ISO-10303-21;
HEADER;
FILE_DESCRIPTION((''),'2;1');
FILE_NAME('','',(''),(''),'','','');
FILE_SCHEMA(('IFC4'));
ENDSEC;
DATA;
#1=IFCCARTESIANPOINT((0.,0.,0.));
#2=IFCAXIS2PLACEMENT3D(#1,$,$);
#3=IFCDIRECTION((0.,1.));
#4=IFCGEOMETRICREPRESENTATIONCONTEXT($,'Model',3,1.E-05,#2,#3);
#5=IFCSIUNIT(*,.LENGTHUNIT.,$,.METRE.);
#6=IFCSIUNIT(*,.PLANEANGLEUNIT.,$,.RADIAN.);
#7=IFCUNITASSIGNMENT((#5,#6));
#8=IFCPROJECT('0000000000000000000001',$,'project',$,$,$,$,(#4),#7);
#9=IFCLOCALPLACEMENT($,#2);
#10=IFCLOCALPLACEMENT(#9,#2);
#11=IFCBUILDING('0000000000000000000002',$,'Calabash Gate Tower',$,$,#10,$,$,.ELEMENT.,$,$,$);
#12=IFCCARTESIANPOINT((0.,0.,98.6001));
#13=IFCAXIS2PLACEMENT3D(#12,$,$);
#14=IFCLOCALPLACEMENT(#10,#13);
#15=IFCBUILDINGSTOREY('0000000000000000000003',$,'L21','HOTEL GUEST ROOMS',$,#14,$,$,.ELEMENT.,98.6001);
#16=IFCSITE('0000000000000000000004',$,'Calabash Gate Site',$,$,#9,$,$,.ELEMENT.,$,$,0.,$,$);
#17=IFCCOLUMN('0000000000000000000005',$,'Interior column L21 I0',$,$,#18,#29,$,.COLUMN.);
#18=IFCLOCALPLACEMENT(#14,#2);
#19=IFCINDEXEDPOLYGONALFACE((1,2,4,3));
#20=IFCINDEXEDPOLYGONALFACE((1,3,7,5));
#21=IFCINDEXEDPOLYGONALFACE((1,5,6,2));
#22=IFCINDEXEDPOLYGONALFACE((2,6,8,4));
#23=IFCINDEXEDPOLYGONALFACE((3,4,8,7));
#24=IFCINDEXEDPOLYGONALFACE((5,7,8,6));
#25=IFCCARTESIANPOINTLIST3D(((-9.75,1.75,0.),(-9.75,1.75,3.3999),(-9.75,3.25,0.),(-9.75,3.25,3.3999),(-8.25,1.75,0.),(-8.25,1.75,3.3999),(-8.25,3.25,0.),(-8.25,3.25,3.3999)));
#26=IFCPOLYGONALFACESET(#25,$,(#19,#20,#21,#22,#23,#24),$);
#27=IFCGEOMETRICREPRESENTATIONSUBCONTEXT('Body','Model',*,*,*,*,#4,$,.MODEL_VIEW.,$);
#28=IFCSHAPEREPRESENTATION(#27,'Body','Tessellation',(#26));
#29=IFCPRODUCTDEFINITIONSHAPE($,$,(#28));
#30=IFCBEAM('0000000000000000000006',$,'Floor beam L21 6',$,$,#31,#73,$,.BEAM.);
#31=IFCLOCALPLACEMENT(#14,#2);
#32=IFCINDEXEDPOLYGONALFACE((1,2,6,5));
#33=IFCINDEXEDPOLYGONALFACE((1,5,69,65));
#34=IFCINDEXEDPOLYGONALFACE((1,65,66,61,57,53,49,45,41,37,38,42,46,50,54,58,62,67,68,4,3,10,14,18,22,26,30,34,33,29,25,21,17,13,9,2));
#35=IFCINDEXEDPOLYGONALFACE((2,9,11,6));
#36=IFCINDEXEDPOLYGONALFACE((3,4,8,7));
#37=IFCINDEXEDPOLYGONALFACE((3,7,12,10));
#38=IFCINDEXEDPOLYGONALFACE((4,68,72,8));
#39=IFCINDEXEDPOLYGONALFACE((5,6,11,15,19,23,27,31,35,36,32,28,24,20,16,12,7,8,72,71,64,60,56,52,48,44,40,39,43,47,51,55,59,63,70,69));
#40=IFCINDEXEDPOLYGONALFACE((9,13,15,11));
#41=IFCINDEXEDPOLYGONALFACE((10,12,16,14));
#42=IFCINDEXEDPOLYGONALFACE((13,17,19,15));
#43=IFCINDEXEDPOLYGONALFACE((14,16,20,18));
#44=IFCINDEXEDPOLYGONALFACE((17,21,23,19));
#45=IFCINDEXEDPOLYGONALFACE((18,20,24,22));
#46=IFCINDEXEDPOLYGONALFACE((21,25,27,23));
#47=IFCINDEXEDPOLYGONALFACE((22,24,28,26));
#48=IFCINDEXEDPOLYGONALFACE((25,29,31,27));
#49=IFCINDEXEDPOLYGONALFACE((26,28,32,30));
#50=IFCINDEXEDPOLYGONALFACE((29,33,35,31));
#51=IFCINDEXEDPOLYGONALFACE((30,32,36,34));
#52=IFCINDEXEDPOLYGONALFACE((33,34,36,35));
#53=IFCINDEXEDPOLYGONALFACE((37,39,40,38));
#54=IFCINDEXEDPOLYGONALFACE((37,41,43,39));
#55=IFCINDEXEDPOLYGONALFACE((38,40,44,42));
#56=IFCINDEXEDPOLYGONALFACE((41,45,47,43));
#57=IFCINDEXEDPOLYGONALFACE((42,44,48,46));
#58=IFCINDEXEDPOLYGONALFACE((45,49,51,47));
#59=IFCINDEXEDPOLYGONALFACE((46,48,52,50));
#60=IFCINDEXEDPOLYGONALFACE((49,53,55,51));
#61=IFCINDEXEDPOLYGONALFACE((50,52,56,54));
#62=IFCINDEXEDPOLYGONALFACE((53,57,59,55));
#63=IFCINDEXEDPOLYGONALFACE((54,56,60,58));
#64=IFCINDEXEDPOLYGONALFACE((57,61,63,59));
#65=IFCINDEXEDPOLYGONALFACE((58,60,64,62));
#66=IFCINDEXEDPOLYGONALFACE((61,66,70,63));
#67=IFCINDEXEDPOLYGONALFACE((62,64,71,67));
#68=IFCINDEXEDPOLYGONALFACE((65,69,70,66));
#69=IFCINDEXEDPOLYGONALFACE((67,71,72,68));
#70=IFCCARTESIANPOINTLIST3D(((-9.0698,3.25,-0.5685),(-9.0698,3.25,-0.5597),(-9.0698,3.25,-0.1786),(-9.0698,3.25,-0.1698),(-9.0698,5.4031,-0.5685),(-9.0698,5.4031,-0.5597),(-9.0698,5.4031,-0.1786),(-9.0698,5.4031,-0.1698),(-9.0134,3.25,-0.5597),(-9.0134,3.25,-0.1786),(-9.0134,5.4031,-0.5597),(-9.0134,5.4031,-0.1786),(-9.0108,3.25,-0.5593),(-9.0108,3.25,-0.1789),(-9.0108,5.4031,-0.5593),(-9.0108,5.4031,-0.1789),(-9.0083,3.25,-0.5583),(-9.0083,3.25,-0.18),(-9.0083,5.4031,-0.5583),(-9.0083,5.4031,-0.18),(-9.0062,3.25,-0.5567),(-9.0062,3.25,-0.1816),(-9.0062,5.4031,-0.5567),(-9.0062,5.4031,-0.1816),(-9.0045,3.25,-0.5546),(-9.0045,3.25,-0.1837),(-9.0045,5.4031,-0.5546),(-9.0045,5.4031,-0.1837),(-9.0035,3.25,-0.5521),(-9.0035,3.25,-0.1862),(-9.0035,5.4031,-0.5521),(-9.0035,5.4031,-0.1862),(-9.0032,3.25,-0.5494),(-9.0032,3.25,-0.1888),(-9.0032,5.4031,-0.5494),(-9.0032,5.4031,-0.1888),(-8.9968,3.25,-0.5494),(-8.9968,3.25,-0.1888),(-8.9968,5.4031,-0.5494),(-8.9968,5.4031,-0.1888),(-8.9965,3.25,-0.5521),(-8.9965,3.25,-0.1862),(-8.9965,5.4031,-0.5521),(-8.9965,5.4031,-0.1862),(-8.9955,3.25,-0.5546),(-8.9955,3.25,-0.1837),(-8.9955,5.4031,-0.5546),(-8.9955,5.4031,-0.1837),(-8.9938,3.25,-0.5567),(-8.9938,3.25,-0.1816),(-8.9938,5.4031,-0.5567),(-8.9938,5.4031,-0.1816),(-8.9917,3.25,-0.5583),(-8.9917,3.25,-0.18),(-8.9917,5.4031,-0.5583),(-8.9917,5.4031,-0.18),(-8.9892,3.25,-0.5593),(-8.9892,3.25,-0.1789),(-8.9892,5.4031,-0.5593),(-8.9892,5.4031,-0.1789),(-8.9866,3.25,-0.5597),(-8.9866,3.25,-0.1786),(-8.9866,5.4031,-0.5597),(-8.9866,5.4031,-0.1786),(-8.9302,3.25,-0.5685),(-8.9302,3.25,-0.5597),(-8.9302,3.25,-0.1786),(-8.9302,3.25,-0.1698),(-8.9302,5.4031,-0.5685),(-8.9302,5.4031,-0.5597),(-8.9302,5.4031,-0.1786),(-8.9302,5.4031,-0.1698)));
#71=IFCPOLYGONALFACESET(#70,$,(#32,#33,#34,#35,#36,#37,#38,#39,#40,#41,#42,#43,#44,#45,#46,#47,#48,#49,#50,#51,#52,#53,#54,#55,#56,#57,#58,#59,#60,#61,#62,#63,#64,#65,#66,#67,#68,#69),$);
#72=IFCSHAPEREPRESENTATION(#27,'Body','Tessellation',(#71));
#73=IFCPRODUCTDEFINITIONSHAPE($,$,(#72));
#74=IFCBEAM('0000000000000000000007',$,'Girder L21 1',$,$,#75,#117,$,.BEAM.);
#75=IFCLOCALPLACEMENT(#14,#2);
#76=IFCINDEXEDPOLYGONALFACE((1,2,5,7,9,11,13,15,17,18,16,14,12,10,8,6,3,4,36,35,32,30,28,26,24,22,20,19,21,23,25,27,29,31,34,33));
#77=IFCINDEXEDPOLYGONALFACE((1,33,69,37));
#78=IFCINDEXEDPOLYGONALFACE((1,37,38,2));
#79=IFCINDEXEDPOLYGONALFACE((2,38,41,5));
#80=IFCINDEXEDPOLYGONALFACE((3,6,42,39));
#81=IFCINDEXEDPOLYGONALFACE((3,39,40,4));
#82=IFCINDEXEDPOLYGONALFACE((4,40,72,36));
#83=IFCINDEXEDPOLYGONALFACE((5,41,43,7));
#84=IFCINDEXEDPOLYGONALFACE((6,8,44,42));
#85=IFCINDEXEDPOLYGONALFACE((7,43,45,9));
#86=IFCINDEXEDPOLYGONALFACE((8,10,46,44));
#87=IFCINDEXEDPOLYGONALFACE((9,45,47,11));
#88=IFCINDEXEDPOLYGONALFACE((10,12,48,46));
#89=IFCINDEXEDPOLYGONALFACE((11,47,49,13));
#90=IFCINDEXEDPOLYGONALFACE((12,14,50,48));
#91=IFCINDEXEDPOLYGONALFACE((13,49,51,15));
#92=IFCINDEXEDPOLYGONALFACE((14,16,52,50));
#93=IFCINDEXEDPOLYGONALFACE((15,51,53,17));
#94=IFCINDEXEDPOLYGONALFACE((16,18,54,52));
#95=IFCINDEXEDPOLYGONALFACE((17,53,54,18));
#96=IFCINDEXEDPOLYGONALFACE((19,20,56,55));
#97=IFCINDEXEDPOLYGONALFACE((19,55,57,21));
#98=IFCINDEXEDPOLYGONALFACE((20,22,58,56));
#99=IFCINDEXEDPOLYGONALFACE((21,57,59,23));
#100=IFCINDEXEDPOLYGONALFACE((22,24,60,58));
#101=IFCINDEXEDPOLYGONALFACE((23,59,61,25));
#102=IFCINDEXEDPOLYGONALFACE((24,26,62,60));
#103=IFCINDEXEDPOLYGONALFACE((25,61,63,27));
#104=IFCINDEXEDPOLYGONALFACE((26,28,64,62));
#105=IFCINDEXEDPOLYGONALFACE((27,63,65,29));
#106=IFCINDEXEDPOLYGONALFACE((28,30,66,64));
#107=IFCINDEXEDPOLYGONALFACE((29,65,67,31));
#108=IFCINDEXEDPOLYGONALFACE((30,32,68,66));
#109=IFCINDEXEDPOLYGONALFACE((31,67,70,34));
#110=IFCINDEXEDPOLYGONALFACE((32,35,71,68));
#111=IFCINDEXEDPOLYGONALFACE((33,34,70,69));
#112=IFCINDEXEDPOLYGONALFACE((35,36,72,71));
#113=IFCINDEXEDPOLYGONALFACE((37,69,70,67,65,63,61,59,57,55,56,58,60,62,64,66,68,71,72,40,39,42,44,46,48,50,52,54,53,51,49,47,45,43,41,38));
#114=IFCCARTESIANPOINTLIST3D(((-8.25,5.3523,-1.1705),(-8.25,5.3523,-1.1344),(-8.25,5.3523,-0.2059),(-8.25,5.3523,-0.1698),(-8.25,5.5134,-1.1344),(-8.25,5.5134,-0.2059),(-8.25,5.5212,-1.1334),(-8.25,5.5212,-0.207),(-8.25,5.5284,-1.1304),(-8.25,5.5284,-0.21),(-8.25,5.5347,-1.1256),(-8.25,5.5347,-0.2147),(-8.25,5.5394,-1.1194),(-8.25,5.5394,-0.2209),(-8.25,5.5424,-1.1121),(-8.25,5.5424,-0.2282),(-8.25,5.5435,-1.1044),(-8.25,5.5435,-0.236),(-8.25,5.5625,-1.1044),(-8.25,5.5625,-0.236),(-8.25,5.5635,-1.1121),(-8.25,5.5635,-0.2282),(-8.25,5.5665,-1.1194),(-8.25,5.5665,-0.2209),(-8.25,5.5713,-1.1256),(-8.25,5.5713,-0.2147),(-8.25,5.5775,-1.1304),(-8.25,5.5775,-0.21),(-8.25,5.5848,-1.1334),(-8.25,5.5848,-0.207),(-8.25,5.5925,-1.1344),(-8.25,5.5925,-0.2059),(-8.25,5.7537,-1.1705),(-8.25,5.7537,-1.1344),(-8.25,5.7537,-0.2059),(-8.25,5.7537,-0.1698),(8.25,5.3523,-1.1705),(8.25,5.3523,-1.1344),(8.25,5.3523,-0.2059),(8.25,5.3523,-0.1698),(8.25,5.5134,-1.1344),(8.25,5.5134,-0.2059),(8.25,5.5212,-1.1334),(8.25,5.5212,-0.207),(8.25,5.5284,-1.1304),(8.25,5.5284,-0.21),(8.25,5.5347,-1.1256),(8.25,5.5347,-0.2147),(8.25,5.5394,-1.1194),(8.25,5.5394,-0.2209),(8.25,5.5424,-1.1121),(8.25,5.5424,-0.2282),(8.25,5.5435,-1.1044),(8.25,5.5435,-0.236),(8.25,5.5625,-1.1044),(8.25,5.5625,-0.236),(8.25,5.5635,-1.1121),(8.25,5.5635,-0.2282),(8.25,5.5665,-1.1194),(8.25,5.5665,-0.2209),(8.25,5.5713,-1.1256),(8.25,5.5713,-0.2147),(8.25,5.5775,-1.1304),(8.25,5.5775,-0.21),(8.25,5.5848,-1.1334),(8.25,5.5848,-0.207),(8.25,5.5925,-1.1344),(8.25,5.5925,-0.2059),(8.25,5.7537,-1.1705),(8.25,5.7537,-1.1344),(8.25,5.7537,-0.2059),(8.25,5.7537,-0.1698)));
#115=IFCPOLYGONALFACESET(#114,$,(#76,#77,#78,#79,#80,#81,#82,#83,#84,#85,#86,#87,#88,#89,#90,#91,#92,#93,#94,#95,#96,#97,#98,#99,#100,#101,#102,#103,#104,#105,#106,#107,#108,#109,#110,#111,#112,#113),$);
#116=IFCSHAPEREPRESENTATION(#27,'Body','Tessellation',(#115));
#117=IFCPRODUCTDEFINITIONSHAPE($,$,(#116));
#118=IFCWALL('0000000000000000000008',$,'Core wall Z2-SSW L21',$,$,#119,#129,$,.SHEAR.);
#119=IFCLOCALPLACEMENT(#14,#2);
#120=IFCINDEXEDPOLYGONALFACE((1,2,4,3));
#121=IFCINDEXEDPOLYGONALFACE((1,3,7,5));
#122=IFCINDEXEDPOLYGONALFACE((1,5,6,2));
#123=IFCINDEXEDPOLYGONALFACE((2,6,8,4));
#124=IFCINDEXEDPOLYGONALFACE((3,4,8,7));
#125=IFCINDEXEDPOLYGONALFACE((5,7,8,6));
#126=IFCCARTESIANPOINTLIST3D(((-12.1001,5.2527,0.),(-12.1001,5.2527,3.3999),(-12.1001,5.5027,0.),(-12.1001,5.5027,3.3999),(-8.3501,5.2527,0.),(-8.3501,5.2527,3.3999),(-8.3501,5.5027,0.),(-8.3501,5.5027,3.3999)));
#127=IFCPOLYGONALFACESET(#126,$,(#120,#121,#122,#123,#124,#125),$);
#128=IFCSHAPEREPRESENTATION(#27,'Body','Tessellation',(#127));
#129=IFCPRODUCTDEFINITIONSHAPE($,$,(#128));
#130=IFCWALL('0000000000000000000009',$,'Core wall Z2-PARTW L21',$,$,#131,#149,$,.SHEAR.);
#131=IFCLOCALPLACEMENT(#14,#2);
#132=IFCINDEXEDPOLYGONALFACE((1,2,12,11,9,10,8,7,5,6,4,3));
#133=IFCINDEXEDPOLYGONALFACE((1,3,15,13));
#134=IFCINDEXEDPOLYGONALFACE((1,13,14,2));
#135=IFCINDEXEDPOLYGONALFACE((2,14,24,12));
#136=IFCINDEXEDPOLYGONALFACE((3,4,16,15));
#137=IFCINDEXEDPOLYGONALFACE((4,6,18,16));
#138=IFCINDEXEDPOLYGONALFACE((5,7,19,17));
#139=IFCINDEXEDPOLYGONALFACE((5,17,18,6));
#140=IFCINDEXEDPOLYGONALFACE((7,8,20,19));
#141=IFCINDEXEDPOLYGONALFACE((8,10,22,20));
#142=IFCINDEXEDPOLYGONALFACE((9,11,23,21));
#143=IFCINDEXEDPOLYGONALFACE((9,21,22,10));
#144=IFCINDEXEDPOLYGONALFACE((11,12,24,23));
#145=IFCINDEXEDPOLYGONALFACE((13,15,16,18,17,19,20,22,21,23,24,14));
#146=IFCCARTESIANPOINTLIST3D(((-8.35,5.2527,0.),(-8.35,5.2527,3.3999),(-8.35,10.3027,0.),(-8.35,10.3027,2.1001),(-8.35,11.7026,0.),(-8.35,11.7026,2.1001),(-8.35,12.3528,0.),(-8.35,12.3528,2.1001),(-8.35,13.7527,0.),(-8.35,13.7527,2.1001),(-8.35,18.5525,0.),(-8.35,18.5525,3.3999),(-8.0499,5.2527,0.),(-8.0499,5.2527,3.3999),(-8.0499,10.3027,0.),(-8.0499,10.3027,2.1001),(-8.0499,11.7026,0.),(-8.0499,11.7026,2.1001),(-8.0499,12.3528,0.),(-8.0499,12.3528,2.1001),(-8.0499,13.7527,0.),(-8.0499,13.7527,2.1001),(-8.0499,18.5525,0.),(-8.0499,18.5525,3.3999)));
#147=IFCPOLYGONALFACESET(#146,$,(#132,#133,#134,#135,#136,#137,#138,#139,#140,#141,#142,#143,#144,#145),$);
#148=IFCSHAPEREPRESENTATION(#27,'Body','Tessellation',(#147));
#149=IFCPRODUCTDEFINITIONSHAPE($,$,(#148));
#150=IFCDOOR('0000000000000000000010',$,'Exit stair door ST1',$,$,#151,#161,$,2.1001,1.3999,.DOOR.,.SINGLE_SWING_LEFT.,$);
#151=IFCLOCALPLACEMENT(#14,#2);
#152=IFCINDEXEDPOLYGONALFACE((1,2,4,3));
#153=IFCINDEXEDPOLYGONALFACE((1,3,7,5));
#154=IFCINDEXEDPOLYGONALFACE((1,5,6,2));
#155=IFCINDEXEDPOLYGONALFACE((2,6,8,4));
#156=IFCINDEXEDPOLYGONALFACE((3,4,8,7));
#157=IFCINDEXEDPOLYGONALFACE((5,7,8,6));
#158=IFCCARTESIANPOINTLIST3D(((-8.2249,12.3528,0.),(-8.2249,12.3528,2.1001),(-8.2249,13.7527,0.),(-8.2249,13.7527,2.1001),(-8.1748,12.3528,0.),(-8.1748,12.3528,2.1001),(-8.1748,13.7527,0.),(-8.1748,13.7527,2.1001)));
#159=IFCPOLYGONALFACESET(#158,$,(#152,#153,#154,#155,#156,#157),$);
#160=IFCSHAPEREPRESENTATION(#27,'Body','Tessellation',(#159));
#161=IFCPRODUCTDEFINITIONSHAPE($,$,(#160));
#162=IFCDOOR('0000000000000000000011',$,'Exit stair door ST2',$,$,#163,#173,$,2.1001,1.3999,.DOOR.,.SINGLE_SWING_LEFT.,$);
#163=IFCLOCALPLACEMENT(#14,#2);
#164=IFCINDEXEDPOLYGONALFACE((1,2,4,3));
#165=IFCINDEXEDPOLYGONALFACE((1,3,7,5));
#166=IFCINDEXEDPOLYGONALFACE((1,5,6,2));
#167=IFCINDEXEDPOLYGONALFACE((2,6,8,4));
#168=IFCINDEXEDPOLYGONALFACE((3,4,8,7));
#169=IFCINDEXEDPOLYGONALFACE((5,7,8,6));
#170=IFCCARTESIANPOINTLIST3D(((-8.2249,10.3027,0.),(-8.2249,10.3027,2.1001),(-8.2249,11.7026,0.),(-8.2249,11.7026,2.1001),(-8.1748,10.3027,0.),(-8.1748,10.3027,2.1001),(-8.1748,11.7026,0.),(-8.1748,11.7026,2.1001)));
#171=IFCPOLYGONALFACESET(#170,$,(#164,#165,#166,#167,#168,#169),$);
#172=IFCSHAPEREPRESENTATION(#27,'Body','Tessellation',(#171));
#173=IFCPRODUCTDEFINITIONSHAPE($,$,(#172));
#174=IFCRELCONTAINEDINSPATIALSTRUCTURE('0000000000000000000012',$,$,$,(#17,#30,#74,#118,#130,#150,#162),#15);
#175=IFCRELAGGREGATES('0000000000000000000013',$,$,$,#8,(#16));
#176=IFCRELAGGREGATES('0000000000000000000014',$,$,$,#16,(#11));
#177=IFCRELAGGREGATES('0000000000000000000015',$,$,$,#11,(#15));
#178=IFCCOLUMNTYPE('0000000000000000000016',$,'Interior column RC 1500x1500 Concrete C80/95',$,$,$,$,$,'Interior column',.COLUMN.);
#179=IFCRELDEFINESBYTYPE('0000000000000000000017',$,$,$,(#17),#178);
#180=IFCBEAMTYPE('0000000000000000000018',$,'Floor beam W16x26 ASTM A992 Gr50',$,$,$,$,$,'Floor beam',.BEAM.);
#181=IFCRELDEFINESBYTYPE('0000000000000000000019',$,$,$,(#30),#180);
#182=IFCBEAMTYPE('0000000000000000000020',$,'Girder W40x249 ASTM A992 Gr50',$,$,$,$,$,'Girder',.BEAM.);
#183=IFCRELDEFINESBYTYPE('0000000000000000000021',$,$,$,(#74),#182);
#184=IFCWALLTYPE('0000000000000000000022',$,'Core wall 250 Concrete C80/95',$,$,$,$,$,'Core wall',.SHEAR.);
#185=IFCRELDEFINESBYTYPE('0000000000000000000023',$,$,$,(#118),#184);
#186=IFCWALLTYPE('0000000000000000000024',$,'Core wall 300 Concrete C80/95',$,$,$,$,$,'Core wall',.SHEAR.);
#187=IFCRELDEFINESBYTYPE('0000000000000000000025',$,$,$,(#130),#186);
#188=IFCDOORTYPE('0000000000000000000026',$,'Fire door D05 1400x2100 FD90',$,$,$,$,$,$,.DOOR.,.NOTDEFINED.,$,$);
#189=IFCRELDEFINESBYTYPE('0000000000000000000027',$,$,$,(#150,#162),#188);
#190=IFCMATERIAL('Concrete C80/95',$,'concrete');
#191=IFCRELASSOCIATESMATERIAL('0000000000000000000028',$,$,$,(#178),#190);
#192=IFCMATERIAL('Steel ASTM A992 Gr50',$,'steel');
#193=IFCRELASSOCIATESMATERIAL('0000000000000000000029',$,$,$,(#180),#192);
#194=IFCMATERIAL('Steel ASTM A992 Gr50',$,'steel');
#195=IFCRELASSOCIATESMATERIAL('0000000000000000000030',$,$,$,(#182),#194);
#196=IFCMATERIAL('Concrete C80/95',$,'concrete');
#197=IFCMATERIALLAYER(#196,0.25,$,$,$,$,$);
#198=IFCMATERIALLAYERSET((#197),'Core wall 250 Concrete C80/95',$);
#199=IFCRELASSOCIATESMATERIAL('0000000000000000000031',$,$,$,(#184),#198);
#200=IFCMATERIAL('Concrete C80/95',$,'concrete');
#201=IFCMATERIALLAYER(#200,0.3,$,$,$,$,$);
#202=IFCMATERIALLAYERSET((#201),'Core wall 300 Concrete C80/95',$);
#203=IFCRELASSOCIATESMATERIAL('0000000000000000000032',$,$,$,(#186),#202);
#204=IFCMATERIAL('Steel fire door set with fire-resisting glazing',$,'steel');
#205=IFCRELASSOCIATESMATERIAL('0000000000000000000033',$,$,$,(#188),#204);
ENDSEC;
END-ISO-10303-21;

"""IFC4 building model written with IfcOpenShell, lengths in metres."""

from ifc_helpers import new_model, si_unit, direction, frame, frame_2d, origin, origin_2d, place, context, subcontext, project, spatial, rectangle, i_section, extrude, material, layer, layer_set, material_profile, profile_set, type_object, element, fill, save


model = new_model("IFC4")

# Units and contexts
model_context = context("Model", 3, precision=1e-05, world=origin(), true_north=direction((0.0, 1.0)))
body_context = subcontext(model_context, "Body", "Model", "MODEL_VIEW")
ifc_project = project(units=[si_unit("LENGTHUNIT", "METRE"), si_unit("PLANEANGLEUNIT", "RADIAN")], contexts=[model_context])

# Site, building, storey
site_placement = place(None, origin())
site = spatial("IfcSite", under=ifc_project, at=site_placement, Name="Calabash Gate Site", CompositionType="ELEMENT", RefElevation=0.0)
building_placement = place(site_placement, origin())
building = spatial("IfcBuilding", under=site, at=building_placement, Name="Calabash Gate Tower", CompositionType="ELEMENT")
storey_placement = place(building_placement, frame((0.0, 0.0, 98.6001)))
storey = spatial("IfcBuildingStorey", under=building, at=storey_placement, Name="L21", Description="HOTEL GUEST ROOMS", CompositionType="ELEMENT", Elevation=98.6001)

# Column
ifc_material_1 = material(Name="Concrete C80/95", Category="concrete")
ifc_material_profile_1 = material_profile(ifc_material_1, rectangle(XDim=1.5, YDim=1.5, at=origin_2d()))
ifc_profile_set_1 = profile_set([ifc_material_profile_1], Name="Concrete C80/95")
column_type = type_object("IfcColumnType", Name="Interior column RC 1500x1500 Concrete C80/95", ElementType="Interior column", PredefinedType="COLUMN", material=ifc_profile_set_1)
column_placement = place(storey_placement, frame((-9.0, 2.5, 0.0), z_axis=(0.0, 0.0, 1.0), x_axis=(1.0, 0.0, 0.0)))
element("IfcColumn", 1, at=column_placement, inside=storey, type_object=column_type, Name="Interior column L21 I0", PredefinedType="COLUMN", context=body_context, shape_type="SweptSolid", body=[
    extrude(rectangle(XDim=1.5, YDim=1.5, at=origin_2d()), origin(), (0.0, 0.0, 1.0), 3.3999),
])

# Beams
ifc_material_2 = material(Name="Steel ASTM A992 Gr50", Category="steel")
ifc_material_profile_2 = material_profile(ifc_material_2, i_section(OverallWidth=0.1396, OverallDepth=0.3987, WebThickness=0.0063, FlangeThickness=0.0088, FilletRadius=0.0103, at=origin_2d()))
ifc_profile_set_2 = profile_set([ifc_material_profile_2], Name="Steel ASTM A992 Gr50")
beam_type_1 = type_object("IfcBeamType", Name="Floor beam W16x26 ASTM A992 Gr50", ElementType="Floor beam", PredefinedType="BEAM", material=ifc_profile_set_2)
beam_1_placement = place(storey_placement, frame((-9.0, 3.25, -0.3691), z_axis=(0.0, 1.0, 0.0), x_axis=(-1.0, 0.0, 0.0)))
element("IfcBeam", 2, at=beam_1_placement, inside=storey, type_object=beam_type_1, Name="Floor beam L21 6", PredefinedType="BEAM", context=body_context, shape_type="SweptSolid", body=[
    extrude(i_section(OverallWidth=0.1396, OverallDepth=0.3987, WebThickness=0.0063, FlangeThickness=0.0088, FilletRadius=0.0103, at=origin_2d()), origin(), (0.0, 0.0, 1.0), 2.1531),
])
ifc_material_3 = material(Name="Steel ASTM A992 Gr50", Category="steel")
ifc_material_profile_3 = material_profile(ifc_material_3, i_section(OverallWidth=0.4014, OverallDepth=1.0007, WebThickness=0.019, FlangeThickness=0.0361, FilletRadius=0.03, at=origin_2d()))
ifc_profile_set_3 = profile_set([ifc_material_profile_3], Name="Steel ASTM A992 Gr50")
beam_type_2 = type_object("IfcBeamType", Name="Girder W40x249 ASTM A992 Gr50", ElementType="Girder", PredefinedType="BEAM", material=ifc_profile_set_3)
beam_2_placement = place(storey_placement, frame((-8.25, 5.553, -0.6702), z_axis=(1.0, 0.0, 0.0), x_axis=(0.0, 1.0, 0.0)))
element("IfcBeam", 3, at=beam_2_placement, inside=storey, type_object=beam_type_2, Name="Girder L21 1", PredefinedType="BEAM", context=body_context, shape_type="SweptSolid", body=[
    extrude(i_section(OverallWidth=0.4014, OverallDepth=1.0007, WebThickness=0.019, FlangeThickness=0.0361, FilletRadius=0.03, at=origin_2d()), origin(), (0.0, 0.0, 1.0), 16.5),
])

# Wall
ifc_material_4 = material(Name="Concrete C80/95", Category="concrete")
ifc_layer_1 = layer(ifc_material_4, 0.25)
ifc_layer_set_1 = layer_set([ifc_layer_1], Name="Core wall 250 Concrete C80/95")
wall_type_1 = type_object("IfcWallType", Name="Core wall 250 Concrete C80/95", ElementType="Core wall", PredefinedType="SHEAR", material=ifc_layer_set_1)
wall_1_placement = place(storey_placement, frame((-12.1001, 5.3777, 0.0), z_axis=(0.0, 0.0, 1.0), x_axis=(1.0, 0.0, 0.0)))
element("IfcWall", 4, at=wall_1_placement, inside=storey, type_object=wall_type_1, Name="Core wall Z2-SSW L21", PredefinedType="SHEAR", context=body_context, shape_type="SweptSolid", body=[
    extrude(rectangle(XDim=3.75, YDim=0.25, at=frame_2d((1.875, 0.0))), origin(), (0.0, 0.0, 1.0), 3.3999),
])

# Wall, openings, doors
ifc_material_5 = material(Name="Concrete C80/95", Category="concrete")
ifc_layer_2 = layer(ifc_material_5, 0.3)
ifc_layer_set_2 = layer_set([ifc_layer_2], Name="Core wall 300 Concrete C80/95")
wall_type_2 = type_object("IfcWallType", Name="Core wall 300 Concrete C80/95", ElementType="Core wall", PredefinedType="SHEAR", material=ifc_layer_set_2)
wall_2_placement = place(storey_placement, frame((-8.2, 5.2527, 0.0), z_axis=(0.0, 0.0, 1.0), x_axis=(0.0, 1.0, 0.0)))
wall_2 = element("IfcWall", 5, at=wall_2_placement, inside=storey, type_object=wall_type_2, Name="Core wall Z2-PARTW L21", PredefinedType="SHEAR", context=body_context, shape_type="SweptSolid", body=[
    extrude(rectangle(XDim=13.2998, YDim=0.3, at=frame_2d((6.6499, 0.0))), origin(), (0.0, 0.0, 1.0), 3.3999),
])
opening_1_placement = place(wall_2_placement, frame((7.1001, 0.0, 0.0)))
opening_1 = element("IfcOpeningElement", 6, at=opening_1_placement, cuts=wall_2, PredefinedType="OPENING", context=body_context, shape_type="SweptSolid", body=[
    extrude(rectangle(XDim=1.3999, YDim=2.1001, at=frame_2d((0.7, 1.05))), frame((0.0, 0.1599, 0.0), z_axis=(0.0, -1.0, 0.0), x_axis=(1.0, 0.0, 0.0)), (0.0, 0.0, 1.0), 0.3201),
])
opening_2_placement = place(wall_2_placement, frame((5.05, 0.0, 0.0)))
opening_2 = element("IfcOpeningElement", 7, at=opening_2_placement, cuts=wall_2, PredefinedType="OPENING", context=body_context, shape_type="SweptSolid", body=[
    extrude(rectangle(XDim=1.3999, YDim=2.1001, at=frame_2d((0.7, 1.05))), frame((0.0, 0.1599, 0.0), z_axis=(0.0, -1.0, 0.0), x_axis=(1.0, 0.0, 0.0)), (0.0, 0.0, 1.0), 0.3201),
])
ifc_material_6 = material(Name="Steel fire door set with fire-resisting glazing", Category="steel")
door_type_1 = type_object("IfcDoorType", Name="Fire door D05 1400x2100 FD90", OperationType="NOTDEFINED", PredefinedType="DOOR", material=ifc_material_6)
door_1_placement = place(opening_1_placement, origin())
door_1 = element("IfcDoor", 8, at=door_1_placement, inside=storey, type_object=door_type_1, Name="Exit stair door ST1", OperationType="SINGLE_SWING_LEFT", OverallHeight=2.1001, OverallWidth=1.3999, PredefinedType="DOOR", context=body_context, shape_type="SweptSolid", body=[
    extrude(rectangle(XDim=1.3999, YDim=2.1001, at=frame_2d((0.7, 1.05))), frame((0.0, 0.0249, 0.0), z_axis=(0.0, -1.0, 0.0), x_axis=(1.0, 0.0, 0.0)), (0.0, 0.0, 1.0), 0.05),
])
fill(opening_1, door_1)
door_2_placement = place(opening_2_placement, origin())
door_2 = element("IfcDoor", 9, at=door_2_placement, inside=storey, type_object=door_type_1, Name="Exit stair door ST2", OperationType="SINGLE_SWING_LEFT", OverallHeight=2.1001, OverallWidth=1.3999, PredefinedType="DOOR", context=body_context, shape_type="SweptSolid", body=[
    extrude(rectangle(XDim=1.3999, YDim=2.1001, at=frame_2d((0.7, 1.05))), frame((0.0, 0.0249, 0.0), z_axis=(0.0, -1.0, 0.0), x_axis=(1.0, 0.0, 0.0)), (0.0, 0.0, 1.0), 0.05),
])
fill(opening_2, door_2)

save(model, "model.ifc")
